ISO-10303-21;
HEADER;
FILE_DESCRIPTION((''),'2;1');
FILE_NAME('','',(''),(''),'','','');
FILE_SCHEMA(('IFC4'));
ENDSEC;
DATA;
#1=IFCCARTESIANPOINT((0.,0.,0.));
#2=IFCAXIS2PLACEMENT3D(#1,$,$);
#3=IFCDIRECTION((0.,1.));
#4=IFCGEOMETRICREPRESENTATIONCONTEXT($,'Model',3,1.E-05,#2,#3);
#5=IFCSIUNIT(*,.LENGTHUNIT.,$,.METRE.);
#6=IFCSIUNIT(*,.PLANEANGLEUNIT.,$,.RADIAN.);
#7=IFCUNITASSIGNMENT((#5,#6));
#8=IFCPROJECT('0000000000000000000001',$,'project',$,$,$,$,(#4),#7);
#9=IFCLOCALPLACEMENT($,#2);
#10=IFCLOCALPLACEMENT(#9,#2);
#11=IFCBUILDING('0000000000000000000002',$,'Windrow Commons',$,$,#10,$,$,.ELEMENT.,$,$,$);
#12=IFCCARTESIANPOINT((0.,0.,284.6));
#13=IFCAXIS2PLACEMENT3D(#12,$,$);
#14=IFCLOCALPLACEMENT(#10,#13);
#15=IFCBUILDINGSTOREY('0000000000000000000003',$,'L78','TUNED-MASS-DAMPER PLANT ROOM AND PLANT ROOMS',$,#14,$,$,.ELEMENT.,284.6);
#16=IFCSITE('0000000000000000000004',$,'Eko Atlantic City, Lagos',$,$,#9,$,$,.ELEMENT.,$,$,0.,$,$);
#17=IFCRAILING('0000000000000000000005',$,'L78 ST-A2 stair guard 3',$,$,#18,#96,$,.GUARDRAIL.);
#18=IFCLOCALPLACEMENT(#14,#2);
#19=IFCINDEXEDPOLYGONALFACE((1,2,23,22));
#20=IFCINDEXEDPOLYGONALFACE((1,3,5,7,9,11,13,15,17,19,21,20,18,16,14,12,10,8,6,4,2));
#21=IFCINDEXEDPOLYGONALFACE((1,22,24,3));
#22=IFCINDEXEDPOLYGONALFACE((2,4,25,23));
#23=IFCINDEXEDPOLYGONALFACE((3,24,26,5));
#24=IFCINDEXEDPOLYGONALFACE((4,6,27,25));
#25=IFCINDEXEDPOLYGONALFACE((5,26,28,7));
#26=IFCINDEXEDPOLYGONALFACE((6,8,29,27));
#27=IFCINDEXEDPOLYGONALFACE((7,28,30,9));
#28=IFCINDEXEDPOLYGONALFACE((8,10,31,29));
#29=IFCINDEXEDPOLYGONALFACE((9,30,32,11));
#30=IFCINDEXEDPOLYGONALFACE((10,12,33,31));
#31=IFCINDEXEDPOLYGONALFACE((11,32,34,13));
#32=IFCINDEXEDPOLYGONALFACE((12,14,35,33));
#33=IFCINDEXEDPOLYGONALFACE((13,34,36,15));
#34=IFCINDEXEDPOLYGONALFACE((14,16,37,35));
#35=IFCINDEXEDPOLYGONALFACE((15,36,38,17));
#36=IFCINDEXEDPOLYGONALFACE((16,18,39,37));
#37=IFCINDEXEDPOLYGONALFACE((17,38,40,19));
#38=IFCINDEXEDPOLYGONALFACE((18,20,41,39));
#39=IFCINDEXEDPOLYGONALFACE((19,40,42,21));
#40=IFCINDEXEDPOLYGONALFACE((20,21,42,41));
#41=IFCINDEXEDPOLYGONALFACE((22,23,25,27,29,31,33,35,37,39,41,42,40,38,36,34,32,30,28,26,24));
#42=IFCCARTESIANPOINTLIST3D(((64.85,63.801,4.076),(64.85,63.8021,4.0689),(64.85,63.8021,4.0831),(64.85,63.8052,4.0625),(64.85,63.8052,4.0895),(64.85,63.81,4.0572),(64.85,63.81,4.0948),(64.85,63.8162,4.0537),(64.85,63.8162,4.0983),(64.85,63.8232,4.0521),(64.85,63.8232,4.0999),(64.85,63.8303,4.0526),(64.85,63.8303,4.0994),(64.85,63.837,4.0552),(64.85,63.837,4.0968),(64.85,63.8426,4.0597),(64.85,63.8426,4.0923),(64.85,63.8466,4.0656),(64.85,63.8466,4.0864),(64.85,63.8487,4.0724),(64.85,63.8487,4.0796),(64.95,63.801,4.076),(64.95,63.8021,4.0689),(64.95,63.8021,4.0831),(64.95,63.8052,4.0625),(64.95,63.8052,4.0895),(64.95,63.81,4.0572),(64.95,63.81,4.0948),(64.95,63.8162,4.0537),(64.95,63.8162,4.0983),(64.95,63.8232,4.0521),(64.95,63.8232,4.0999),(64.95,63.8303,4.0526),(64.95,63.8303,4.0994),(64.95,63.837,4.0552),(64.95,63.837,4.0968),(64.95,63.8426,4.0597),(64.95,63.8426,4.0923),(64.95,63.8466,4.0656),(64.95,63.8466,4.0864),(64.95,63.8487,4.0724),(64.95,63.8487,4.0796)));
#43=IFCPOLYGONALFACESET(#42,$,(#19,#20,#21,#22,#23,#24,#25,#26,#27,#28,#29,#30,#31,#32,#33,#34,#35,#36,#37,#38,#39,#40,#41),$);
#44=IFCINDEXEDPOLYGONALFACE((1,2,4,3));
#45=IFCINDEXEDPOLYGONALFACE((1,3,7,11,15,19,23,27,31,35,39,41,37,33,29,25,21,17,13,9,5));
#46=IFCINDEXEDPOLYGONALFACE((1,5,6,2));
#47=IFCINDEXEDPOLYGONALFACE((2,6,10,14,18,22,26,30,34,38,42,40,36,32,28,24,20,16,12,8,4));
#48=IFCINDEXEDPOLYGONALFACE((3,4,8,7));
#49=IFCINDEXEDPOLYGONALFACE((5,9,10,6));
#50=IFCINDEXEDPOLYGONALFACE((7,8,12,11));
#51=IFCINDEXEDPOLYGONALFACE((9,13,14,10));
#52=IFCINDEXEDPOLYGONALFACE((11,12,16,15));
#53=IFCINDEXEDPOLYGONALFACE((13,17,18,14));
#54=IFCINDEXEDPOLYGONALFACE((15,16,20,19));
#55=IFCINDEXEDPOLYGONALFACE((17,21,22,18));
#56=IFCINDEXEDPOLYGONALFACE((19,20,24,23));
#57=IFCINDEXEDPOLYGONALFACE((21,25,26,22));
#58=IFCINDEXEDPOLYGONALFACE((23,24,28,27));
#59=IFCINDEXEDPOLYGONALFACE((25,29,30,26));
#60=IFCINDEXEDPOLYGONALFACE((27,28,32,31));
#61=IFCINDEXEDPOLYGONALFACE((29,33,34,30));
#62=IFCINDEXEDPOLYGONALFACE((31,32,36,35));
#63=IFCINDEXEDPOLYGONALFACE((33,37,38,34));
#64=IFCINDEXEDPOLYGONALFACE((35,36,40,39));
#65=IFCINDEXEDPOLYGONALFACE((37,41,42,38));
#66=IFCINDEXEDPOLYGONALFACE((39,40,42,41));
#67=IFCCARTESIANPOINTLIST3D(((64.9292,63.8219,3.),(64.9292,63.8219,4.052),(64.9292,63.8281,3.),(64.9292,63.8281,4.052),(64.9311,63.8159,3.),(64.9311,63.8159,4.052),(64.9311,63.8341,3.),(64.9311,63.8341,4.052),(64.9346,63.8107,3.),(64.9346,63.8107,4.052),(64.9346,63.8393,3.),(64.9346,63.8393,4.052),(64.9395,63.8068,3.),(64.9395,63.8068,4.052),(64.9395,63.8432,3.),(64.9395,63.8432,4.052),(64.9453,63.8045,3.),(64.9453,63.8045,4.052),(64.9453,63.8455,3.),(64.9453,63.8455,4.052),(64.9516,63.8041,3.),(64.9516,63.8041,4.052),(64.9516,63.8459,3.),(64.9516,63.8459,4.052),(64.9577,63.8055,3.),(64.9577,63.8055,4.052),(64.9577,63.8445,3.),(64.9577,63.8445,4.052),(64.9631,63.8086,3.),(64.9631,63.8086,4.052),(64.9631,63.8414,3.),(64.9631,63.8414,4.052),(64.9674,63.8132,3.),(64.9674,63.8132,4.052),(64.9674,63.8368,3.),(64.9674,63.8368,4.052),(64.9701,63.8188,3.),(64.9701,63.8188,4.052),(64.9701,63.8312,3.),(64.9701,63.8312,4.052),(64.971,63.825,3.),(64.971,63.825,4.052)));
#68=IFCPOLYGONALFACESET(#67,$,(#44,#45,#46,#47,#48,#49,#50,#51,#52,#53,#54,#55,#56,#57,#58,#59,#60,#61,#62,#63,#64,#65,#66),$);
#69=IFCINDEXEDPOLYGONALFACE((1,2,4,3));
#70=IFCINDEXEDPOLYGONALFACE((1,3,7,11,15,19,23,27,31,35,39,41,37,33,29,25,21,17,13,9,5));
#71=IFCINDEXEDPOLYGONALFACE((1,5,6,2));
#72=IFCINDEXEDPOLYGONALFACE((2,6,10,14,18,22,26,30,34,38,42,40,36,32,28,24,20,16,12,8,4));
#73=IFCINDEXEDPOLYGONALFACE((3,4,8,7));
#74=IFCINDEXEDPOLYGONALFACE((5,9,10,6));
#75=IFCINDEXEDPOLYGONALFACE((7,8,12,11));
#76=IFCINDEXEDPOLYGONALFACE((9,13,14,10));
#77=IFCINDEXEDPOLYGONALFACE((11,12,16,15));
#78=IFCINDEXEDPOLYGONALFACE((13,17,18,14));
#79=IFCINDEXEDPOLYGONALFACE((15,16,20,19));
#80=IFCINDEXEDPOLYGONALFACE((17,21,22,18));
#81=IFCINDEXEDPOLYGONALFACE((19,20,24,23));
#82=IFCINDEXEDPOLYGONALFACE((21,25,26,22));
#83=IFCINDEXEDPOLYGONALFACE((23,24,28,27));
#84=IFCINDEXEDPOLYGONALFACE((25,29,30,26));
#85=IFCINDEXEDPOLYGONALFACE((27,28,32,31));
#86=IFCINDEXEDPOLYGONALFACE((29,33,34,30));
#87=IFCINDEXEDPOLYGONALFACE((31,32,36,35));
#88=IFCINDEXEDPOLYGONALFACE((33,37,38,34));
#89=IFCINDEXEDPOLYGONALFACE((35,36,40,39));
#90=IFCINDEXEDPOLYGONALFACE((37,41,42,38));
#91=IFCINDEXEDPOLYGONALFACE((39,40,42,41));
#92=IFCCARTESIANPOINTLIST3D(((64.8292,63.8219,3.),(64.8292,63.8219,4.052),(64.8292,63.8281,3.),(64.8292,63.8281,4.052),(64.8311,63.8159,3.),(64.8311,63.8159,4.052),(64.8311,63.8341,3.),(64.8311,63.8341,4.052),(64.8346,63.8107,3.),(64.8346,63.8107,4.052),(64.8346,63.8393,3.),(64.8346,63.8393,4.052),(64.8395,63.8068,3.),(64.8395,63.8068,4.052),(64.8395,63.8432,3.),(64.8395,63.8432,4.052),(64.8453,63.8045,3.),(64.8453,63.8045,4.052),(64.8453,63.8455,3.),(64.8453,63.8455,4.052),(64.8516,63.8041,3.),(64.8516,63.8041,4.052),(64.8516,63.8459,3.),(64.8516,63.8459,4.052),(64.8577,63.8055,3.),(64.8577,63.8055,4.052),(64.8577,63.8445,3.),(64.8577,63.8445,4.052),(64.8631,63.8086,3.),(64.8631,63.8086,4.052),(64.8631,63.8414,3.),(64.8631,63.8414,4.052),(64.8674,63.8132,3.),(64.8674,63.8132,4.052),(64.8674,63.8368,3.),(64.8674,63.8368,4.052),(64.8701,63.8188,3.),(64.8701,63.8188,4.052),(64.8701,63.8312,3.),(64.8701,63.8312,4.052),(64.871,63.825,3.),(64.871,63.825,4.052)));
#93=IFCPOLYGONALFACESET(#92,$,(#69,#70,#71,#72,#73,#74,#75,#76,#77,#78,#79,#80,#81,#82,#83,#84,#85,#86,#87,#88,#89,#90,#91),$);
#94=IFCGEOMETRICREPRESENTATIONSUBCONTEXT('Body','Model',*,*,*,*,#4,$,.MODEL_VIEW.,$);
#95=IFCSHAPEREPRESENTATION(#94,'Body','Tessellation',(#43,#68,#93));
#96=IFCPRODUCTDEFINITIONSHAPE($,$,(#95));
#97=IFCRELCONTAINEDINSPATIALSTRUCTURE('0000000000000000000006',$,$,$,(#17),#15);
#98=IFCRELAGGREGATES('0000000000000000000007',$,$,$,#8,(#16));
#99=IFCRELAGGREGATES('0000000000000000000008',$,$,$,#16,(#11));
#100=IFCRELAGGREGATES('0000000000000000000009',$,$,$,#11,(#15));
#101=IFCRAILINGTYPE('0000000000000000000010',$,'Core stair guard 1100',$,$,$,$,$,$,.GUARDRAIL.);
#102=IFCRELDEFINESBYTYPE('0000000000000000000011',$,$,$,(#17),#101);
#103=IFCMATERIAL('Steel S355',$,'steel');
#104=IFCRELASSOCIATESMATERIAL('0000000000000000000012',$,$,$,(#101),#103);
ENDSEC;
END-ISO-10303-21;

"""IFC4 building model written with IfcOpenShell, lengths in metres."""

from ifc_helpers import new_model, si_unit, direction, frame, origin, origin_2d, place, context, subcontext, project, spatial, circle, extrude, material, type_object, element, save


model = new_model("IFC4")

# Units and contexts
model_context = context("Model", 3, precision=1e-05, world=origin(), true_north=direction((0.0, 1.0)))
body_context = subcontext(model_context, "Body", "Model", "MODEL_VIEW")
ifc_project = project(units=[si_unit("LENGTHUNIT", "METRE"), si_unit("PLANEANGLEUNIT", "RADIAN")], contexts=[model_context])

# Site, building, storey
site_placement = place(None, origin())
site = spatial("IfcSite", under=ifc_project, at=site_placement, Name="Eko Atlantic City, Lagos", CompositionType="ELEMENT", RefElevation=0.0)
building_placement = place(site_placement, origin())
building = spatial("IfcBuilding", under=site, at=building_placement, Name="Windrow Commons", CompositionType="ELEMENT")
storey_placement = place(building_placement, frame((0.0, 0.0, 284.6)))
storey = spatial("IfcBuildingStorey", under=building, at=storey_placement, Name="L78", Description="TUNED-MASS-DAMPER PLANT ROOM AND PLANT ROOMS", CompositionType="ELEMENT", Elevation=284.6)

# Railing
ifc_material_1 = material(Name="Steel S355", Category="steel")
railing_type_1 = type_object("IfcRailingType", Name="Core stair guard 1100", PredefinedType="GUARDRAIL", material=ifc_material_1)
railing_1_placement = place(storey_placement, frame((64.95, 63.825, 3.0)))
element("IfcRailing", 1, at=railing_1_placement, inside=storey, type_object=railing_type_1, Name="L78 ST-A2 stair guard 3", PredefinedType="GUARDRAIL", context=body_context, shape_type="SweptSolid", body=[
    extrude(circle(Radius=0.024, at=origin_2d()), frame((0.0, 0.0, 1.076), z_axis=(-1.0, 0.0, 0.0), x_axis=(0.0, -1.0, 0.0)), (0.0, 0.0, 1.0), 0.1),
    extrude(circle(Radius=0.021, at=origin_2d()), origin(), (0.0, 0.0, 1.0), 1.052),
    extrude(circle(Radius=0.021, at=origin_2d()), frame((-0.1, 0.0, 0.0)), (0.0, 0.0, 1.0), 1.052),
])

save(model, "model.ifc")
